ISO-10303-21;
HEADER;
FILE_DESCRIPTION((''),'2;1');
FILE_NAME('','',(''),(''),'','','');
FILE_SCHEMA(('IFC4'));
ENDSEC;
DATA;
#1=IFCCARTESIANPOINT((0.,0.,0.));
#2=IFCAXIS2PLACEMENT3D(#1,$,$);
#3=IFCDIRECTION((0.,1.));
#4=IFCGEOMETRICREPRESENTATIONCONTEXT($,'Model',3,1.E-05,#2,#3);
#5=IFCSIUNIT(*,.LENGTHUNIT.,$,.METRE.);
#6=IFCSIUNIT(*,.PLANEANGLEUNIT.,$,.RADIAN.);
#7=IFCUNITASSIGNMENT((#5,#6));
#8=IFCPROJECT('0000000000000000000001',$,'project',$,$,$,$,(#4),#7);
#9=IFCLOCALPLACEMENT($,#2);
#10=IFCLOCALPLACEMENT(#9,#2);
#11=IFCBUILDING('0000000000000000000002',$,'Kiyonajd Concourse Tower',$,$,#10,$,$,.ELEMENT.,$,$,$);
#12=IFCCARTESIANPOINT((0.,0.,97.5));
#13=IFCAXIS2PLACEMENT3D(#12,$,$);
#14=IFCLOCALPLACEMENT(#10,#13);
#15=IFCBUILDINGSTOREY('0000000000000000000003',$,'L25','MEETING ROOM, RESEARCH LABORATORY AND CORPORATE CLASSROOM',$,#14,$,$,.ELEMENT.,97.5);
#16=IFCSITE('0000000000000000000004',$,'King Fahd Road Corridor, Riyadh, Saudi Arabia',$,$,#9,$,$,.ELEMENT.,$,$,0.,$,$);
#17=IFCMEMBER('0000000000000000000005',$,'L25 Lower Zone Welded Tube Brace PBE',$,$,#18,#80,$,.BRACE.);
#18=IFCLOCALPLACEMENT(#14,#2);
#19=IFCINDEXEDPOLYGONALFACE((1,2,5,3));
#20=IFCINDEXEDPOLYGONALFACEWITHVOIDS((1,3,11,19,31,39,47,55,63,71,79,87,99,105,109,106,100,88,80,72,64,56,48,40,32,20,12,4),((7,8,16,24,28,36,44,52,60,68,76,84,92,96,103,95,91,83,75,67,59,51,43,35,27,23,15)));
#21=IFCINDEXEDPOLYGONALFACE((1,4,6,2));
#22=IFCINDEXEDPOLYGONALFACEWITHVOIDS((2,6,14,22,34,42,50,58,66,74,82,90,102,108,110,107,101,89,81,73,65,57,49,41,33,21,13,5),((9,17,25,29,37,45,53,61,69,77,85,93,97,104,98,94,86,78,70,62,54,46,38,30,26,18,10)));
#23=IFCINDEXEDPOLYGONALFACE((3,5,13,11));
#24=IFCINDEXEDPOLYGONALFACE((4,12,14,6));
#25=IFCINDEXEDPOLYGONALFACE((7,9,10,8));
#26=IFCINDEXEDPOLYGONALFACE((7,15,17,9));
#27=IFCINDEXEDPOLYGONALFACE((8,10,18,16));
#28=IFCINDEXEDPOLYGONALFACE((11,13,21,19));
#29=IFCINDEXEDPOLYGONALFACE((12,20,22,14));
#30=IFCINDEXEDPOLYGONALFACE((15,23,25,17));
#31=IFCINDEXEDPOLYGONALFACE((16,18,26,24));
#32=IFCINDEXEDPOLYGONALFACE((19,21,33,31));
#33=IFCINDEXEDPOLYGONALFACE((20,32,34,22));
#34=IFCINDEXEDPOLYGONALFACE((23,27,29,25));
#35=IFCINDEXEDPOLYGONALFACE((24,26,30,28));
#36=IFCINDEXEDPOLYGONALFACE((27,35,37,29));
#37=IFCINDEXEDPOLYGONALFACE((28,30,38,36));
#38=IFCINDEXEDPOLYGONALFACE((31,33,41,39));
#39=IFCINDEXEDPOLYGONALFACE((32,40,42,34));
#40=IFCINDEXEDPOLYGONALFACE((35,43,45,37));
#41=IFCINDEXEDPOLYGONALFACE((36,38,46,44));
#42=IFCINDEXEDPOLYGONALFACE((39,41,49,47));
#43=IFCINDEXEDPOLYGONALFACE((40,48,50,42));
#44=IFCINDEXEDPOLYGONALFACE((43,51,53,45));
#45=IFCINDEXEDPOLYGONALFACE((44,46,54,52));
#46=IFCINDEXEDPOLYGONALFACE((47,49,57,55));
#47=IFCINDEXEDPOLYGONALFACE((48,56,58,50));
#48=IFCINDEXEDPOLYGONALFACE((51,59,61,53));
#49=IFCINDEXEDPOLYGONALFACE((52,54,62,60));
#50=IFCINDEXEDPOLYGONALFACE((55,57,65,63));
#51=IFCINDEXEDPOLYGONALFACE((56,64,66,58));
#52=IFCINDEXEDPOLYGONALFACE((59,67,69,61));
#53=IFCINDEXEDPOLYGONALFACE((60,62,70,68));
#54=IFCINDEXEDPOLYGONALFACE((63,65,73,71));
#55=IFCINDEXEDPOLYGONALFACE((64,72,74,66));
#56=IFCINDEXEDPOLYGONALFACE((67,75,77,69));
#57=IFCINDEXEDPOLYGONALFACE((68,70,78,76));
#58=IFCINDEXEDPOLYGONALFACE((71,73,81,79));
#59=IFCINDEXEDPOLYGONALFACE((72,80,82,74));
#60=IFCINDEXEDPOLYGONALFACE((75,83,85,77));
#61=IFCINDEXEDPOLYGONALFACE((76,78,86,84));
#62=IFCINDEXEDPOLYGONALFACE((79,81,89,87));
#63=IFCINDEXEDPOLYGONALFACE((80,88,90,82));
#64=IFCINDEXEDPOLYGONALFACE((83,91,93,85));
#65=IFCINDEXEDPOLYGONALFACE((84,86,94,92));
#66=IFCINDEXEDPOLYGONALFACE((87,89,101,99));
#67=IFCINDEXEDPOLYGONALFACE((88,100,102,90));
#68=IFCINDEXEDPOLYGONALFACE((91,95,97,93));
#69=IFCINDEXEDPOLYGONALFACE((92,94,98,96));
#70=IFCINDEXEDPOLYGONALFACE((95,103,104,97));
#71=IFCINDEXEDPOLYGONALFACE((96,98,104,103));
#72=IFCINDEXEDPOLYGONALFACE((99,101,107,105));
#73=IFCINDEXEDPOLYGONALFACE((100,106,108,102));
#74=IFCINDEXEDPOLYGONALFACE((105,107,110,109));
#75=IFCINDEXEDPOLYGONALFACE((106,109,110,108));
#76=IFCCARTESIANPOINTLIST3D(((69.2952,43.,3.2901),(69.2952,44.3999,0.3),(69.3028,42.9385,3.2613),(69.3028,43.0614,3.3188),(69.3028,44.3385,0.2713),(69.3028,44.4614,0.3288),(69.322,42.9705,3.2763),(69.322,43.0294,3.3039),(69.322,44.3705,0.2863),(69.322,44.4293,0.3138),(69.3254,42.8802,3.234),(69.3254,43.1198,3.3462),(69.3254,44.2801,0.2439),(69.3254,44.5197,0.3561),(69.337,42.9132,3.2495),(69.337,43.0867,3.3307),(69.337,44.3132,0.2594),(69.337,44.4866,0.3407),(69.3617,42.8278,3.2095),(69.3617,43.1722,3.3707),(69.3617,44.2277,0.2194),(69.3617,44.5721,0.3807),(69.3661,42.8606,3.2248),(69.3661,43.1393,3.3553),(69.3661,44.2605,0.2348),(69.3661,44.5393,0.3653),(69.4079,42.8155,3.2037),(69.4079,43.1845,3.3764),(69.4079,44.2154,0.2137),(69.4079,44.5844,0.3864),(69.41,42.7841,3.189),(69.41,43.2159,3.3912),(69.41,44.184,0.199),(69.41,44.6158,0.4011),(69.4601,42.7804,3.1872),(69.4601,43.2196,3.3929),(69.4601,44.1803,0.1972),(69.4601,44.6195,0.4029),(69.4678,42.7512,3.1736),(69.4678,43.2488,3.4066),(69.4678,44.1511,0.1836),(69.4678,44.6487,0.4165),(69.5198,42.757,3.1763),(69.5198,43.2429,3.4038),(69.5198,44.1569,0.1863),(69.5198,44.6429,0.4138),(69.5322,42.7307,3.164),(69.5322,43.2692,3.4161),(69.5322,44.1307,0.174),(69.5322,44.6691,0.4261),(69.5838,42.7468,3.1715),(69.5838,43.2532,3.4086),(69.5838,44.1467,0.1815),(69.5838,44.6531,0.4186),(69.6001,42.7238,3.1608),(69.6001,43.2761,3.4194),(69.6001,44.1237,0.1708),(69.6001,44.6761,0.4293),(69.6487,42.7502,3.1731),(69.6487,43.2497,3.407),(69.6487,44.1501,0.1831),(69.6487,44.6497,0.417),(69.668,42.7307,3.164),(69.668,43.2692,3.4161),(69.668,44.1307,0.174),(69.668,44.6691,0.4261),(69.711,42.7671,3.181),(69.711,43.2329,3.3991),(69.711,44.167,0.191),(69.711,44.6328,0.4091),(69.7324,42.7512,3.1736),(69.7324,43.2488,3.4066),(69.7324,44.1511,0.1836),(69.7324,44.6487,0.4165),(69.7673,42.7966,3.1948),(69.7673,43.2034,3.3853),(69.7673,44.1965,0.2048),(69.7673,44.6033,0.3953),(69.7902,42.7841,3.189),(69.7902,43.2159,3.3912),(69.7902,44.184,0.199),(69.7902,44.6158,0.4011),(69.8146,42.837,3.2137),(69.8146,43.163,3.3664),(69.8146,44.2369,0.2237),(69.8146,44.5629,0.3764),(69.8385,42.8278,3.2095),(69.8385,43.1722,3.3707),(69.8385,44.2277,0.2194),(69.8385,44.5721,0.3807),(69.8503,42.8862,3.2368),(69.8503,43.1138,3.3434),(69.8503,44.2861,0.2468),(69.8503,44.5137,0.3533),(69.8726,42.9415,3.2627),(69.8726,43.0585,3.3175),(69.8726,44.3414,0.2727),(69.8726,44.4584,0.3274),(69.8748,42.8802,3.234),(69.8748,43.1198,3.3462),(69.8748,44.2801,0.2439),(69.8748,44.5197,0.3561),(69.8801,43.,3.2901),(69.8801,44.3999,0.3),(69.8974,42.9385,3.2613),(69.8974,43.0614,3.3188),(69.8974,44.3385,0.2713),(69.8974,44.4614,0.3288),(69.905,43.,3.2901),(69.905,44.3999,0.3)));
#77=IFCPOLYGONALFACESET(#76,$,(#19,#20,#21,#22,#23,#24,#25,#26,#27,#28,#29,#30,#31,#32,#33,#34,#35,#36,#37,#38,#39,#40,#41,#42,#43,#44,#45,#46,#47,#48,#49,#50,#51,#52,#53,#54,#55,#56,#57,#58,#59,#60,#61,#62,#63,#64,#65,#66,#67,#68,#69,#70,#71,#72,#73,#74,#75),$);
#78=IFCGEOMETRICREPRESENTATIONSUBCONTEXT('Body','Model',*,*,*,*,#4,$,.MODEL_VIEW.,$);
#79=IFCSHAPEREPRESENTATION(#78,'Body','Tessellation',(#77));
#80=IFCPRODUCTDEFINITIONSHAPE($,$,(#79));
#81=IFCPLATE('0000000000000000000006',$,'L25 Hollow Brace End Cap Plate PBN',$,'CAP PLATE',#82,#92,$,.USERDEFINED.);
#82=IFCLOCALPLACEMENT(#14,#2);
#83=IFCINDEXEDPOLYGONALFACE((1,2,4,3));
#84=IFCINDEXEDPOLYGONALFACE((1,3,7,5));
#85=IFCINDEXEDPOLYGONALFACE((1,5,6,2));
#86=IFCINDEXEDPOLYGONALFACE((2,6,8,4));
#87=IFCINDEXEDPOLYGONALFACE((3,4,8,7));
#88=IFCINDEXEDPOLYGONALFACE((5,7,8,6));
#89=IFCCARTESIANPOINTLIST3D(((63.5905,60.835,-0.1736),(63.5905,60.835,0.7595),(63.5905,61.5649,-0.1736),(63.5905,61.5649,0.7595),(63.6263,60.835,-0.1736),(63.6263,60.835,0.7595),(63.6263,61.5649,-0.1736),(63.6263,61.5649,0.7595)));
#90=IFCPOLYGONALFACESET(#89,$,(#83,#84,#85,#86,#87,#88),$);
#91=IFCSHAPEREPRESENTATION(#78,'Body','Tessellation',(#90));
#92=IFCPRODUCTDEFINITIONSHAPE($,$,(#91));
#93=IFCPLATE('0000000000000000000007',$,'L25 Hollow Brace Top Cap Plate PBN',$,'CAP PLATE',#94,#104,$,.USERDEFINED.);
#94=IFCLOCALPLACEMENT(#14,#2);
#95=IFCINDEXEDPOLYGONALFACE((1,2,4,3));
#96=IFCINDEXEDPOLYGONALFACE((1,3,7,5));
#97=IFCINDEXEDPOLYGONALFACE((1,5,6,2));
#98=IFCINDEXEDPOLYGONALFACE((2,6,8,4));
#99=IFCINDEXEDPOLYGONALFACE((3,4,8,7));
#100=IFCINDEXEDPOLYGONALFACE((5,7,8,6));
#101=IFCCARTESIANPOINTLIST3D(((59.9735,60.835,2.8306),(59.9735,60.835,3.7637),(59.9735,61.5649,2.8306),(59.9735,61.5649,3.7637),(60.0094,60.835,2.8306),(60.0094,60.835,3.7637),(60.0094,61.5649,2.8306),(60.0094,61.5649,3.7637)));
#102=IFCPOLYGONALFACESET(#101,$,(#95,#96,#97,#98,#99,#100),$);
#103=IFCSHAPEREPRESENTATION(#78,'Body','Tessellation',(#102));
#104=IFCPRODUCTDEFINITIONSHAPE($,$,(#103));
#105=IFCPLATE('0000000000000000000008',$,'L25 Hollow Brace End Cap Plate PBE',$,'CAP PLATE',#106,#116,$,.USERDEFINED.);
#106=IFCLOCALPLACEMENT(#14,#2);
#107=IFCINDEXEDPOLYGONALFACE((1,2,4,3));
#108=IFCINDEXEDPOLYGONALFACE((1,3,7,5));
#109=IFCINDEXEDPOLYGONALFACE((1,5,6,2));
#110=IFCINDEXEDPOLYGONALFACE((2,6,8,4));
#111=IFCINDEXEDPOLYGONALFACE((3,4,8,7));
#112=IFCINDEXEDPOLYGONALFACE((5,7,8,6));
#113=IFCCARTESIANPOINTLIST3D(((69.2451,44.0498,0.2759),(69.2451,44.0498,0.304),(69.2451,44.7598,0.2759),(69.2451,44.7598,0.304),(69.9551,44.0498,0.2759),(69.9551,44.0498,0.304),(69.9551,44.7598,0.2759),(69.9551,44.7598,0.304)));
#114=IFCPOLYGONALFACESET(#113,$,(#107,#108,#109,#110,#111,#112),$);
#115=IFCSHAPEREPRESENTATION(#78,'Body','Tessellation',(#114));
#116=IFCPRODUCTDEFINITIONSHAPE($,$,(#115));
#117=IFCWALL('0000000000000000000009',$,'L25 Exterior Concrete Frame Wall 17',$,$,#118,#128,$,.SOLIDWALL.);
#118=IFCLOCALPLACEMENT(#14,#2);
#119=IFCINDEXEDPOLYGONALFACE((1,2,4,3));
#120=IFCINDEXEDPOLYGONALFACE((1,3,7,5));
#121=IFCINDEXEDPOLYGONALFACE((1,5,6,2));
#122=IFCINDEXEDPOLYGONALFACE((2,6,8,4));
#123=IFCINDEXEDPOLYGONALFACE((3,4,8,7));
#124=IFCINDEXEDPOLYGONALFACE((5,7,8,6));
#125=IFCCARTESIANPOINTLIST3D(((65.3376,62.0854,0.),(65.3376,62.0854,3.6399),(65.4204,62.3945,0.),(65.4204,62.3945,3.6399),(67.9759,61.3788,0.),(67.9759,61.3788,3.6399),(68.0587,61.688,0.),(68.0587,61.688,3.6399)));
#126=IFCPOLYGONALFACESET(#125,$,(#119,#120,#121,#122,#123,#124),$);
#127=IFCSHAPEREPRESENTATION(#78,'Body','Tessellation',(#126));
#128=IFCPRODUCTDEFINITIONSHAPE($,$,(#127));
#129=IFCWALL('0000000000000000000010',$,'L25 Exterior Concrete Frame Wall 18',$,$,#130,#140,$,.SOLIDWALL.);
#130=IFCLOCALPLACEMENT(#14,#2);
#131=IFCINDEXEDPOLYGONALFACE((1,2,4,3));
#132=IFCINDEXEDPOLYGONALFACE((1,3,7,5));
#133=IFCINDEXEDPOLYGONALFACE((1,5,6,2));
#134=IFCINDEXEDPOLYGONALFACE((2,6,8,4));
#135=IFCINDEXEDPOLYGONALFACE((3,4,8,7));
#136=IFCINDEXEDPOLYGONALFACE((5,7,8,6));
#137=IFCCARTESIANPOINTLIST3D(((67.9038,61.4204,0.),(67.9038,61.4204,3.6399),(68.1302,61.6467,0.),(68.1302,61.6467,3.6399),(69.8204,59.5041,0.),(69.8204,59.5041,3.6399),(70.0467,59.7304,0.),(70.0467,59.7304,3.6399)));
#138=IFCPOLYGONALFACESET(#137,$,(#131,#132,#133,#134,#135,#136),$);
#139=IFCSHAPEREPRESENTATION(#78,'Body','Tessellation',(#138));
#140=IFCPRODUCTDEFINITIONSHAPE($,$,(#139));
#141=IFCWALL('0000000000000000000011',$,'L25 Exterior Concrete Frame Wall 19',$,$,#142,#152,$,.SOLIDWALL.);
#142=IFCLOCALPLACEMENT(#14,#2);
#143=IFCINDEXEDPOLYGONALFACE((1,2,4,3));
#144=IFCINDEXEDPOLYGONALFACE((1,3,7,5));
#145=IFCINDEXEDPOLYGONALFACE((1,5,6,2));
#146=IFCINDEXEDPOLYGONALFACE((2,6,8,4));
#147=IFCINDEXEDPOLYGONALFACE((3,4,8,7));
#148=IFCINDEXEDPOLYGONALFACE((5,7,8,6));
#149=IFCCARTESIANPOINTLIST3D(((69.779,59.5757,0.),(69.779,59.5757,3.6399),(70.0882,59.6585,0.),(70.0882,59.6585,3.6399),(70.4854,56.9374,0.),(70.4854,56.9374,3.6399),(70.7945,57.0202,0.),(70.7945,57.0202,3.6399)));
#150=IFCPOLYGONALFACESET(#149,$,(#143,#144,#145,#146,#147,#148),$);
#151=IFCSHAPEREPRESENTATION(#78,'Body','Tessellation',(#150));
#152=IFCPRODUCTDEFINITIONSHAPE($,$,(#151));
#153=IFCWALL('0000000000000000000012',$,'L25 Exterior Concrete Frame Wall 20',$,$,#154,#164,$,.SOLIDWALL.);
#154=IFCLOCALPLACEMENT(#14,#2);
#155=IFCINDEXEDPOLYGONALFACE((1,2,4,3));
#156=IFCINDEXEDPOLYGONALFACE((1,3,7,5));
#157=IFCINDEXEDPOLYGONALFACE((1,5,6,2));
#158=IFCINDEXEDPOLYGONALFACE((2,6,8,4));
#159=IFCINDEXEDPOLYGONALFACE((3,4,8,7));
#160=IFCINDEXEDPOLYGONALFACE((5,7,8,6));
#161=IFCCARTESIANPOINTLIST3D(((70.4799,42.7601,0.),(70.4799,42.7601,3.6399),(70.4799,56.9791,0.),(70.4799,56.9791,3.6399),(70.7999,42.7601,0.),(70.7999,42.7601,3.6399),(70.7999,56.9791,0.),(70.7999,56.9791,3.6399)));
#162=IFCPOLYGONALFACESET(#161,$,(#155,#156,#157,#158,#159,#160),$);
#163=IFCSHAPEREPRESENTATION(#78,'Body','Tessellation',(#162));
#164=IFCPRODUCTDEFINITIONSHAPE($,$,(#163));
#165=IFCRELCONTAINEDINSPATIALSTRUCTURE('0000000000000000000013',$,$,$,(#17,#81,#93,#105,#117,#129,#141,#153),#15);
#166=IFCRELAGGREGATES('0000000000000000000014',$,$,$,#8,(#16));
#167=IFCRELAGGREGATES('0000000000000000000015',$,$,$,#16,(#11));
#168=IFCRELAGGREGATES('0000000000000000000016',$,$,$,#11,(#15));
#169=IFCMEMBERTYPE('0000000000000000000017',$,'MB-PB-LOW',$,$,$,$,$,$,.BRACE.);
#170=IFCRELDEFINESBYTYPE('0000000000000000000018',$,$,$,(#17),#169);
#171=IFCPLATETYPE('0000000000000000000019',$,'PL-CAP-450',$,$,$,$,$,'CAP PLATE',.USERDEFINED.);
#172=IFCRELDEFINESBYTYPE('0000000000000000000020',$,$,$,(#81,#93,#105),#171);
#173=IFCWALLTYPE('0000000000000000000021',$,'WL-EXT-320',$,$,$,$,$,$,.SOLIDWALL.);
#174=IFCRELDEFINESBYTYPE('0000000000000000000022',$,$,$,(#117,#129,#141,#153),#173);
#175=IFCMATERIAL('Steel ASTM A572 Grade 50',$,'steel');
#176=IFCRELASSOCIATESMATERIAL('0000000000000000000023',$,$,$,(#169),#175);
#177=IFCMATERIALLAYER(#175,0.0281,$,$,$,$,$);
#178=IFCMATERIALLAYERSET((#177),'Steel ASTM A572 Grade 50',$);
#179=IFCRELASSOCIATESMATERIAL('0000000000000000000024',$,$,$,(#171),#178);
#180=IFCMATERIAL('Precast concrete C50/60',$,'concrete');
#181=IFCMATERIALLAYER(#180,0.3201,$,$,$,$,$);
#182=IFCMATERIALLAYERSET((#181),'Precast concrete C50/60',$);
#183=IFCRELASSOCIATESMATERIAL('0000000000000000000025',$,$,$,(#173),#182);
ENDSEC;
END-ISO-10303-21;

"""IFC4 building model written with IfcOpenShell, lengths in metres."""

from ifc_helpers import new_model, si_unit, direction, frame, frame_2d, origin, origin_2d, place, context, subcontext, project, spatial, rectangle, hollow_circle, extrude, material, layer, layer_set, material_profile, profile_set, type_object, element, save


model = new_model("IFC4")

# Units and contexts
model_context = context("Model", 3, precision=1e-05, world=origin(), true_north=direction((0.0, 1.0)))
body_context = subcontext(model_context, "Body", "Model", "MODEL_VIEW")
ifc_project = project(units=[si_unit("LENGTHUNIT", "METRE"), si_unit("PLANEANGLEUNIT", "RADIAN")], contexts=[model_context])

# Site, building, storey
site_placement = place(None, origin())
site = spatial("IfcSite", under=ifc_project, at=site_placement, Name="King Fahd Road Corridor, Riyadh, Saudi Arabia", CompositionType="ELEMENT", RefElevation=0.0)
building_placement = place(site_placement, origin())
building = spatial("IfcBuilding", under=site, at=building_placement, Name="Kiyonajd Concourse Tower", CompositionType="ELEMENT")
storey_placement = place(building_placement, frame((0.0, 0.0, 97.5)))
storey = spatial("IfcBuildingStorey", under=building, at=storey_placement, Name="L25", Description="MEETING ROOM, RESEARCH LABORATORY AND CORPORATE CLASSROOM", CompositionType="ELEMENT", Elevation=97.5)

# Shared definitions
ifc_material_1 = material(Name="Precast concrete C50/60", Category="concrete")

# Member
ifc_material_2 = material(Name="Steel ASTM A572 Grade 50", Category="steel")
ifc_material_profile_1 = material_profile(ifc_material_2, hollow_circle(Radius=0.3049, WallThickness=0.0249, at=origin_2d()), Name="CHS-610x25")
ifc_profile_set_1 = profile_set([ifc_material_profile_1], Name="Steel ASTM A572 Grade 50")
member_type = type_object("IfcMemberType", Name="MB-PB-LOW", PredefinedType="BRACE", material=ifc_profile_set_1)
member_1_placement = place(storey_placement, frame((69.6001, 44.3999, 0.3), z_axis=(0.0, -0.424023, 0.905652), x_axis=(1.0, 0.0, 0.0)))
element("IfcMember", 1, at=member_1_placement, inside=storey, type_object=member_type, Name="L25 Lower Zone Welded Tube Brace PBE", PredefinedType="BRACE", context=body_context, shape_type="SweptSolid", body=[
    extrude(hollow_circle(Radius=0.3049, WallThickness=0.0249, at=origin_2d()), origin(), (0.0, 0.0, 1.0), 3.3015),
])

# Plates
ifc_layer_1 = layer(ifc_material_2, 0.0281)
ifc_layer_set_1 = layer_set([ifc_layer_1], Name="Steel ASTM A572 Grade 50")
plate_type = type_object("IfcPlateType", Name="PL-CAP-450", ElementType="CAP PLATE", PredefinedType="USERDEFINED", material=ifc_layer_set_1)
for number, where, z_axis, x_axis, name in (
    (2, (63.6084, 61.2, -0.1736), (0.0, 0.0, 1.0), (1.0, 0.0, 0.0), "L25 Hollow Brace End Cap Plate PBN"),
    (3, (59.9915, 61.2, 2.8306), (0.0, 0.0, 1.0), (-1.0, 0.0, 0.0), "L25 Hollow Brace Top Cap Plate PBN"),
):
    element("IfcPlate", number, at=place(storey_placement, frame(where, z_axis=z_axis, x_axis=x_axis)), inside=storey, type_object=plate_type, Name=name, ObjectType="CAP PLATE", PredefinedType="USERDEFINED", context=body_context, shape_type="SweptSolid", body=[
        extrude(rectangle(XDim=0.0359, YDim=0.73, at=origin_2d()), origin(), (0.0, 0.0, 1.0), 0.9331),
    ])
plate_placement = place(storey_placement, frame((69.6001, 44.4048, 0.2759), z_axis=(0.0, 0.0, 1.0), x_axis=(1.0, 0.0, 0.0)))
element("IfcPlate", 4, at=plate_placement, inside=storey, type_object=plate_type, Name="L25 Hollow Brace End Cap Plate PBE", ObjectType="CAP PLATE", PredefinedType="USERDEFINED", context=body_context, shape_type="SweptSolid", body=[
    extrude(rectangle(XDim=0.71, YDim=0.71, at=origin_2d()), origin(), (0.0, 0.0, 1.0), 0.0281),
])

# Walls
ifc_layer_2 = layer(ifc_material_1, 0.3201)
ifc_layer_set_2 = layer_set([ifc_layer_2], Name="Precast concrete C50/60")
wall_type = type_object("IfcWallType", Name="WL-EXT-320", PredefinedType="SOLIDWALL", material=ifc_layer_set_2)
wall_1_placement = place(storey_placement, frame((65.3789, 62.24, 0.0), z_axis=(0.0, 0.0, 1.0), x_axis=(0.965958, -0.258697, 0.0)))
element("IfcWall", 5, at=wall_1_placement, inside=storey, type_object=wall_type, Name="L25 Exterior Concrete Frame Wall 17", PredefinedType="SOLIDWALL", context=body_context, shape_type="SweptSolid", body=[
    extrude(rectangle(XDim=2.7312, YDim=0.3201, at=frame_2d((1.3657, 0.0))), origin(), (0.0, 0.0, 1.0), 3.6399),
])
wall_2_placement = place(storey_placement, frame((68.0171, 61.5334, 0.0), z_axis=(0.0, 0.0, 1.0), x_axis=(0.707152, -0.707062, 0.0)))
element("IfcWall", 6, at=wall_2_placement, inside=storey, type_object=wall_type, Name="L25 Exterior Concrete Frame Wall 18", PredefinedType="SOLIDWALL", context=body_context, shape_type="SweptSolid", body=[
    extrude(rectangle(XDim=2.7102, YDim=0.3201, at=frame_2d((1.355, 0.0))), origin(), (0.0, 0.0, 1.0), 3.6399),
])
wall_3_placement = place(storey_placement, frame((69.9336, 59.6172, 0.0), z_axis=(0.0, 0.0, 1.0), x_axis=(0.258614, -0.965981, 0.0)))
element("IfcWall", 7, at=wall_3_placement, inside=storey, type_object=wall_type, Name="L25 Exterior Concrete Frame Wall 19", PredefinedType="SOLIDWALL", context=body_context, shape_type="SweptSolid", body=[
    extrude(rectangle(XDim=2.7312, YDim=0.3201, at=frame_2d((1.3657, 0.0))), origin(), (0.0, 0.0, 1.0), 3.6399),
])
wall_4_placement = place(storey_placement, frame((70.6399, 56.979, 0.0), z_axis=(0.0, 0.0, 1.0), x_axis=(0.0, -1.0, 0.0)))
element("IfcWall", 8, at=wall_4_placement, inside=storey, type_object=wall_type, Name="L25 Exterior Concrete Frame Wall 20", PredefinedType="SOLIDWALL", context=body_context, shape_type="SweptSolid", body=[
    extrude(rectangle(XDim=14.219, YDim=0.3201, at=frame_2d((7.1094, 0.0))), origin(), (0.0, 0.0, 1.0), 3.6399),
])

save(model, "model.ifc")
